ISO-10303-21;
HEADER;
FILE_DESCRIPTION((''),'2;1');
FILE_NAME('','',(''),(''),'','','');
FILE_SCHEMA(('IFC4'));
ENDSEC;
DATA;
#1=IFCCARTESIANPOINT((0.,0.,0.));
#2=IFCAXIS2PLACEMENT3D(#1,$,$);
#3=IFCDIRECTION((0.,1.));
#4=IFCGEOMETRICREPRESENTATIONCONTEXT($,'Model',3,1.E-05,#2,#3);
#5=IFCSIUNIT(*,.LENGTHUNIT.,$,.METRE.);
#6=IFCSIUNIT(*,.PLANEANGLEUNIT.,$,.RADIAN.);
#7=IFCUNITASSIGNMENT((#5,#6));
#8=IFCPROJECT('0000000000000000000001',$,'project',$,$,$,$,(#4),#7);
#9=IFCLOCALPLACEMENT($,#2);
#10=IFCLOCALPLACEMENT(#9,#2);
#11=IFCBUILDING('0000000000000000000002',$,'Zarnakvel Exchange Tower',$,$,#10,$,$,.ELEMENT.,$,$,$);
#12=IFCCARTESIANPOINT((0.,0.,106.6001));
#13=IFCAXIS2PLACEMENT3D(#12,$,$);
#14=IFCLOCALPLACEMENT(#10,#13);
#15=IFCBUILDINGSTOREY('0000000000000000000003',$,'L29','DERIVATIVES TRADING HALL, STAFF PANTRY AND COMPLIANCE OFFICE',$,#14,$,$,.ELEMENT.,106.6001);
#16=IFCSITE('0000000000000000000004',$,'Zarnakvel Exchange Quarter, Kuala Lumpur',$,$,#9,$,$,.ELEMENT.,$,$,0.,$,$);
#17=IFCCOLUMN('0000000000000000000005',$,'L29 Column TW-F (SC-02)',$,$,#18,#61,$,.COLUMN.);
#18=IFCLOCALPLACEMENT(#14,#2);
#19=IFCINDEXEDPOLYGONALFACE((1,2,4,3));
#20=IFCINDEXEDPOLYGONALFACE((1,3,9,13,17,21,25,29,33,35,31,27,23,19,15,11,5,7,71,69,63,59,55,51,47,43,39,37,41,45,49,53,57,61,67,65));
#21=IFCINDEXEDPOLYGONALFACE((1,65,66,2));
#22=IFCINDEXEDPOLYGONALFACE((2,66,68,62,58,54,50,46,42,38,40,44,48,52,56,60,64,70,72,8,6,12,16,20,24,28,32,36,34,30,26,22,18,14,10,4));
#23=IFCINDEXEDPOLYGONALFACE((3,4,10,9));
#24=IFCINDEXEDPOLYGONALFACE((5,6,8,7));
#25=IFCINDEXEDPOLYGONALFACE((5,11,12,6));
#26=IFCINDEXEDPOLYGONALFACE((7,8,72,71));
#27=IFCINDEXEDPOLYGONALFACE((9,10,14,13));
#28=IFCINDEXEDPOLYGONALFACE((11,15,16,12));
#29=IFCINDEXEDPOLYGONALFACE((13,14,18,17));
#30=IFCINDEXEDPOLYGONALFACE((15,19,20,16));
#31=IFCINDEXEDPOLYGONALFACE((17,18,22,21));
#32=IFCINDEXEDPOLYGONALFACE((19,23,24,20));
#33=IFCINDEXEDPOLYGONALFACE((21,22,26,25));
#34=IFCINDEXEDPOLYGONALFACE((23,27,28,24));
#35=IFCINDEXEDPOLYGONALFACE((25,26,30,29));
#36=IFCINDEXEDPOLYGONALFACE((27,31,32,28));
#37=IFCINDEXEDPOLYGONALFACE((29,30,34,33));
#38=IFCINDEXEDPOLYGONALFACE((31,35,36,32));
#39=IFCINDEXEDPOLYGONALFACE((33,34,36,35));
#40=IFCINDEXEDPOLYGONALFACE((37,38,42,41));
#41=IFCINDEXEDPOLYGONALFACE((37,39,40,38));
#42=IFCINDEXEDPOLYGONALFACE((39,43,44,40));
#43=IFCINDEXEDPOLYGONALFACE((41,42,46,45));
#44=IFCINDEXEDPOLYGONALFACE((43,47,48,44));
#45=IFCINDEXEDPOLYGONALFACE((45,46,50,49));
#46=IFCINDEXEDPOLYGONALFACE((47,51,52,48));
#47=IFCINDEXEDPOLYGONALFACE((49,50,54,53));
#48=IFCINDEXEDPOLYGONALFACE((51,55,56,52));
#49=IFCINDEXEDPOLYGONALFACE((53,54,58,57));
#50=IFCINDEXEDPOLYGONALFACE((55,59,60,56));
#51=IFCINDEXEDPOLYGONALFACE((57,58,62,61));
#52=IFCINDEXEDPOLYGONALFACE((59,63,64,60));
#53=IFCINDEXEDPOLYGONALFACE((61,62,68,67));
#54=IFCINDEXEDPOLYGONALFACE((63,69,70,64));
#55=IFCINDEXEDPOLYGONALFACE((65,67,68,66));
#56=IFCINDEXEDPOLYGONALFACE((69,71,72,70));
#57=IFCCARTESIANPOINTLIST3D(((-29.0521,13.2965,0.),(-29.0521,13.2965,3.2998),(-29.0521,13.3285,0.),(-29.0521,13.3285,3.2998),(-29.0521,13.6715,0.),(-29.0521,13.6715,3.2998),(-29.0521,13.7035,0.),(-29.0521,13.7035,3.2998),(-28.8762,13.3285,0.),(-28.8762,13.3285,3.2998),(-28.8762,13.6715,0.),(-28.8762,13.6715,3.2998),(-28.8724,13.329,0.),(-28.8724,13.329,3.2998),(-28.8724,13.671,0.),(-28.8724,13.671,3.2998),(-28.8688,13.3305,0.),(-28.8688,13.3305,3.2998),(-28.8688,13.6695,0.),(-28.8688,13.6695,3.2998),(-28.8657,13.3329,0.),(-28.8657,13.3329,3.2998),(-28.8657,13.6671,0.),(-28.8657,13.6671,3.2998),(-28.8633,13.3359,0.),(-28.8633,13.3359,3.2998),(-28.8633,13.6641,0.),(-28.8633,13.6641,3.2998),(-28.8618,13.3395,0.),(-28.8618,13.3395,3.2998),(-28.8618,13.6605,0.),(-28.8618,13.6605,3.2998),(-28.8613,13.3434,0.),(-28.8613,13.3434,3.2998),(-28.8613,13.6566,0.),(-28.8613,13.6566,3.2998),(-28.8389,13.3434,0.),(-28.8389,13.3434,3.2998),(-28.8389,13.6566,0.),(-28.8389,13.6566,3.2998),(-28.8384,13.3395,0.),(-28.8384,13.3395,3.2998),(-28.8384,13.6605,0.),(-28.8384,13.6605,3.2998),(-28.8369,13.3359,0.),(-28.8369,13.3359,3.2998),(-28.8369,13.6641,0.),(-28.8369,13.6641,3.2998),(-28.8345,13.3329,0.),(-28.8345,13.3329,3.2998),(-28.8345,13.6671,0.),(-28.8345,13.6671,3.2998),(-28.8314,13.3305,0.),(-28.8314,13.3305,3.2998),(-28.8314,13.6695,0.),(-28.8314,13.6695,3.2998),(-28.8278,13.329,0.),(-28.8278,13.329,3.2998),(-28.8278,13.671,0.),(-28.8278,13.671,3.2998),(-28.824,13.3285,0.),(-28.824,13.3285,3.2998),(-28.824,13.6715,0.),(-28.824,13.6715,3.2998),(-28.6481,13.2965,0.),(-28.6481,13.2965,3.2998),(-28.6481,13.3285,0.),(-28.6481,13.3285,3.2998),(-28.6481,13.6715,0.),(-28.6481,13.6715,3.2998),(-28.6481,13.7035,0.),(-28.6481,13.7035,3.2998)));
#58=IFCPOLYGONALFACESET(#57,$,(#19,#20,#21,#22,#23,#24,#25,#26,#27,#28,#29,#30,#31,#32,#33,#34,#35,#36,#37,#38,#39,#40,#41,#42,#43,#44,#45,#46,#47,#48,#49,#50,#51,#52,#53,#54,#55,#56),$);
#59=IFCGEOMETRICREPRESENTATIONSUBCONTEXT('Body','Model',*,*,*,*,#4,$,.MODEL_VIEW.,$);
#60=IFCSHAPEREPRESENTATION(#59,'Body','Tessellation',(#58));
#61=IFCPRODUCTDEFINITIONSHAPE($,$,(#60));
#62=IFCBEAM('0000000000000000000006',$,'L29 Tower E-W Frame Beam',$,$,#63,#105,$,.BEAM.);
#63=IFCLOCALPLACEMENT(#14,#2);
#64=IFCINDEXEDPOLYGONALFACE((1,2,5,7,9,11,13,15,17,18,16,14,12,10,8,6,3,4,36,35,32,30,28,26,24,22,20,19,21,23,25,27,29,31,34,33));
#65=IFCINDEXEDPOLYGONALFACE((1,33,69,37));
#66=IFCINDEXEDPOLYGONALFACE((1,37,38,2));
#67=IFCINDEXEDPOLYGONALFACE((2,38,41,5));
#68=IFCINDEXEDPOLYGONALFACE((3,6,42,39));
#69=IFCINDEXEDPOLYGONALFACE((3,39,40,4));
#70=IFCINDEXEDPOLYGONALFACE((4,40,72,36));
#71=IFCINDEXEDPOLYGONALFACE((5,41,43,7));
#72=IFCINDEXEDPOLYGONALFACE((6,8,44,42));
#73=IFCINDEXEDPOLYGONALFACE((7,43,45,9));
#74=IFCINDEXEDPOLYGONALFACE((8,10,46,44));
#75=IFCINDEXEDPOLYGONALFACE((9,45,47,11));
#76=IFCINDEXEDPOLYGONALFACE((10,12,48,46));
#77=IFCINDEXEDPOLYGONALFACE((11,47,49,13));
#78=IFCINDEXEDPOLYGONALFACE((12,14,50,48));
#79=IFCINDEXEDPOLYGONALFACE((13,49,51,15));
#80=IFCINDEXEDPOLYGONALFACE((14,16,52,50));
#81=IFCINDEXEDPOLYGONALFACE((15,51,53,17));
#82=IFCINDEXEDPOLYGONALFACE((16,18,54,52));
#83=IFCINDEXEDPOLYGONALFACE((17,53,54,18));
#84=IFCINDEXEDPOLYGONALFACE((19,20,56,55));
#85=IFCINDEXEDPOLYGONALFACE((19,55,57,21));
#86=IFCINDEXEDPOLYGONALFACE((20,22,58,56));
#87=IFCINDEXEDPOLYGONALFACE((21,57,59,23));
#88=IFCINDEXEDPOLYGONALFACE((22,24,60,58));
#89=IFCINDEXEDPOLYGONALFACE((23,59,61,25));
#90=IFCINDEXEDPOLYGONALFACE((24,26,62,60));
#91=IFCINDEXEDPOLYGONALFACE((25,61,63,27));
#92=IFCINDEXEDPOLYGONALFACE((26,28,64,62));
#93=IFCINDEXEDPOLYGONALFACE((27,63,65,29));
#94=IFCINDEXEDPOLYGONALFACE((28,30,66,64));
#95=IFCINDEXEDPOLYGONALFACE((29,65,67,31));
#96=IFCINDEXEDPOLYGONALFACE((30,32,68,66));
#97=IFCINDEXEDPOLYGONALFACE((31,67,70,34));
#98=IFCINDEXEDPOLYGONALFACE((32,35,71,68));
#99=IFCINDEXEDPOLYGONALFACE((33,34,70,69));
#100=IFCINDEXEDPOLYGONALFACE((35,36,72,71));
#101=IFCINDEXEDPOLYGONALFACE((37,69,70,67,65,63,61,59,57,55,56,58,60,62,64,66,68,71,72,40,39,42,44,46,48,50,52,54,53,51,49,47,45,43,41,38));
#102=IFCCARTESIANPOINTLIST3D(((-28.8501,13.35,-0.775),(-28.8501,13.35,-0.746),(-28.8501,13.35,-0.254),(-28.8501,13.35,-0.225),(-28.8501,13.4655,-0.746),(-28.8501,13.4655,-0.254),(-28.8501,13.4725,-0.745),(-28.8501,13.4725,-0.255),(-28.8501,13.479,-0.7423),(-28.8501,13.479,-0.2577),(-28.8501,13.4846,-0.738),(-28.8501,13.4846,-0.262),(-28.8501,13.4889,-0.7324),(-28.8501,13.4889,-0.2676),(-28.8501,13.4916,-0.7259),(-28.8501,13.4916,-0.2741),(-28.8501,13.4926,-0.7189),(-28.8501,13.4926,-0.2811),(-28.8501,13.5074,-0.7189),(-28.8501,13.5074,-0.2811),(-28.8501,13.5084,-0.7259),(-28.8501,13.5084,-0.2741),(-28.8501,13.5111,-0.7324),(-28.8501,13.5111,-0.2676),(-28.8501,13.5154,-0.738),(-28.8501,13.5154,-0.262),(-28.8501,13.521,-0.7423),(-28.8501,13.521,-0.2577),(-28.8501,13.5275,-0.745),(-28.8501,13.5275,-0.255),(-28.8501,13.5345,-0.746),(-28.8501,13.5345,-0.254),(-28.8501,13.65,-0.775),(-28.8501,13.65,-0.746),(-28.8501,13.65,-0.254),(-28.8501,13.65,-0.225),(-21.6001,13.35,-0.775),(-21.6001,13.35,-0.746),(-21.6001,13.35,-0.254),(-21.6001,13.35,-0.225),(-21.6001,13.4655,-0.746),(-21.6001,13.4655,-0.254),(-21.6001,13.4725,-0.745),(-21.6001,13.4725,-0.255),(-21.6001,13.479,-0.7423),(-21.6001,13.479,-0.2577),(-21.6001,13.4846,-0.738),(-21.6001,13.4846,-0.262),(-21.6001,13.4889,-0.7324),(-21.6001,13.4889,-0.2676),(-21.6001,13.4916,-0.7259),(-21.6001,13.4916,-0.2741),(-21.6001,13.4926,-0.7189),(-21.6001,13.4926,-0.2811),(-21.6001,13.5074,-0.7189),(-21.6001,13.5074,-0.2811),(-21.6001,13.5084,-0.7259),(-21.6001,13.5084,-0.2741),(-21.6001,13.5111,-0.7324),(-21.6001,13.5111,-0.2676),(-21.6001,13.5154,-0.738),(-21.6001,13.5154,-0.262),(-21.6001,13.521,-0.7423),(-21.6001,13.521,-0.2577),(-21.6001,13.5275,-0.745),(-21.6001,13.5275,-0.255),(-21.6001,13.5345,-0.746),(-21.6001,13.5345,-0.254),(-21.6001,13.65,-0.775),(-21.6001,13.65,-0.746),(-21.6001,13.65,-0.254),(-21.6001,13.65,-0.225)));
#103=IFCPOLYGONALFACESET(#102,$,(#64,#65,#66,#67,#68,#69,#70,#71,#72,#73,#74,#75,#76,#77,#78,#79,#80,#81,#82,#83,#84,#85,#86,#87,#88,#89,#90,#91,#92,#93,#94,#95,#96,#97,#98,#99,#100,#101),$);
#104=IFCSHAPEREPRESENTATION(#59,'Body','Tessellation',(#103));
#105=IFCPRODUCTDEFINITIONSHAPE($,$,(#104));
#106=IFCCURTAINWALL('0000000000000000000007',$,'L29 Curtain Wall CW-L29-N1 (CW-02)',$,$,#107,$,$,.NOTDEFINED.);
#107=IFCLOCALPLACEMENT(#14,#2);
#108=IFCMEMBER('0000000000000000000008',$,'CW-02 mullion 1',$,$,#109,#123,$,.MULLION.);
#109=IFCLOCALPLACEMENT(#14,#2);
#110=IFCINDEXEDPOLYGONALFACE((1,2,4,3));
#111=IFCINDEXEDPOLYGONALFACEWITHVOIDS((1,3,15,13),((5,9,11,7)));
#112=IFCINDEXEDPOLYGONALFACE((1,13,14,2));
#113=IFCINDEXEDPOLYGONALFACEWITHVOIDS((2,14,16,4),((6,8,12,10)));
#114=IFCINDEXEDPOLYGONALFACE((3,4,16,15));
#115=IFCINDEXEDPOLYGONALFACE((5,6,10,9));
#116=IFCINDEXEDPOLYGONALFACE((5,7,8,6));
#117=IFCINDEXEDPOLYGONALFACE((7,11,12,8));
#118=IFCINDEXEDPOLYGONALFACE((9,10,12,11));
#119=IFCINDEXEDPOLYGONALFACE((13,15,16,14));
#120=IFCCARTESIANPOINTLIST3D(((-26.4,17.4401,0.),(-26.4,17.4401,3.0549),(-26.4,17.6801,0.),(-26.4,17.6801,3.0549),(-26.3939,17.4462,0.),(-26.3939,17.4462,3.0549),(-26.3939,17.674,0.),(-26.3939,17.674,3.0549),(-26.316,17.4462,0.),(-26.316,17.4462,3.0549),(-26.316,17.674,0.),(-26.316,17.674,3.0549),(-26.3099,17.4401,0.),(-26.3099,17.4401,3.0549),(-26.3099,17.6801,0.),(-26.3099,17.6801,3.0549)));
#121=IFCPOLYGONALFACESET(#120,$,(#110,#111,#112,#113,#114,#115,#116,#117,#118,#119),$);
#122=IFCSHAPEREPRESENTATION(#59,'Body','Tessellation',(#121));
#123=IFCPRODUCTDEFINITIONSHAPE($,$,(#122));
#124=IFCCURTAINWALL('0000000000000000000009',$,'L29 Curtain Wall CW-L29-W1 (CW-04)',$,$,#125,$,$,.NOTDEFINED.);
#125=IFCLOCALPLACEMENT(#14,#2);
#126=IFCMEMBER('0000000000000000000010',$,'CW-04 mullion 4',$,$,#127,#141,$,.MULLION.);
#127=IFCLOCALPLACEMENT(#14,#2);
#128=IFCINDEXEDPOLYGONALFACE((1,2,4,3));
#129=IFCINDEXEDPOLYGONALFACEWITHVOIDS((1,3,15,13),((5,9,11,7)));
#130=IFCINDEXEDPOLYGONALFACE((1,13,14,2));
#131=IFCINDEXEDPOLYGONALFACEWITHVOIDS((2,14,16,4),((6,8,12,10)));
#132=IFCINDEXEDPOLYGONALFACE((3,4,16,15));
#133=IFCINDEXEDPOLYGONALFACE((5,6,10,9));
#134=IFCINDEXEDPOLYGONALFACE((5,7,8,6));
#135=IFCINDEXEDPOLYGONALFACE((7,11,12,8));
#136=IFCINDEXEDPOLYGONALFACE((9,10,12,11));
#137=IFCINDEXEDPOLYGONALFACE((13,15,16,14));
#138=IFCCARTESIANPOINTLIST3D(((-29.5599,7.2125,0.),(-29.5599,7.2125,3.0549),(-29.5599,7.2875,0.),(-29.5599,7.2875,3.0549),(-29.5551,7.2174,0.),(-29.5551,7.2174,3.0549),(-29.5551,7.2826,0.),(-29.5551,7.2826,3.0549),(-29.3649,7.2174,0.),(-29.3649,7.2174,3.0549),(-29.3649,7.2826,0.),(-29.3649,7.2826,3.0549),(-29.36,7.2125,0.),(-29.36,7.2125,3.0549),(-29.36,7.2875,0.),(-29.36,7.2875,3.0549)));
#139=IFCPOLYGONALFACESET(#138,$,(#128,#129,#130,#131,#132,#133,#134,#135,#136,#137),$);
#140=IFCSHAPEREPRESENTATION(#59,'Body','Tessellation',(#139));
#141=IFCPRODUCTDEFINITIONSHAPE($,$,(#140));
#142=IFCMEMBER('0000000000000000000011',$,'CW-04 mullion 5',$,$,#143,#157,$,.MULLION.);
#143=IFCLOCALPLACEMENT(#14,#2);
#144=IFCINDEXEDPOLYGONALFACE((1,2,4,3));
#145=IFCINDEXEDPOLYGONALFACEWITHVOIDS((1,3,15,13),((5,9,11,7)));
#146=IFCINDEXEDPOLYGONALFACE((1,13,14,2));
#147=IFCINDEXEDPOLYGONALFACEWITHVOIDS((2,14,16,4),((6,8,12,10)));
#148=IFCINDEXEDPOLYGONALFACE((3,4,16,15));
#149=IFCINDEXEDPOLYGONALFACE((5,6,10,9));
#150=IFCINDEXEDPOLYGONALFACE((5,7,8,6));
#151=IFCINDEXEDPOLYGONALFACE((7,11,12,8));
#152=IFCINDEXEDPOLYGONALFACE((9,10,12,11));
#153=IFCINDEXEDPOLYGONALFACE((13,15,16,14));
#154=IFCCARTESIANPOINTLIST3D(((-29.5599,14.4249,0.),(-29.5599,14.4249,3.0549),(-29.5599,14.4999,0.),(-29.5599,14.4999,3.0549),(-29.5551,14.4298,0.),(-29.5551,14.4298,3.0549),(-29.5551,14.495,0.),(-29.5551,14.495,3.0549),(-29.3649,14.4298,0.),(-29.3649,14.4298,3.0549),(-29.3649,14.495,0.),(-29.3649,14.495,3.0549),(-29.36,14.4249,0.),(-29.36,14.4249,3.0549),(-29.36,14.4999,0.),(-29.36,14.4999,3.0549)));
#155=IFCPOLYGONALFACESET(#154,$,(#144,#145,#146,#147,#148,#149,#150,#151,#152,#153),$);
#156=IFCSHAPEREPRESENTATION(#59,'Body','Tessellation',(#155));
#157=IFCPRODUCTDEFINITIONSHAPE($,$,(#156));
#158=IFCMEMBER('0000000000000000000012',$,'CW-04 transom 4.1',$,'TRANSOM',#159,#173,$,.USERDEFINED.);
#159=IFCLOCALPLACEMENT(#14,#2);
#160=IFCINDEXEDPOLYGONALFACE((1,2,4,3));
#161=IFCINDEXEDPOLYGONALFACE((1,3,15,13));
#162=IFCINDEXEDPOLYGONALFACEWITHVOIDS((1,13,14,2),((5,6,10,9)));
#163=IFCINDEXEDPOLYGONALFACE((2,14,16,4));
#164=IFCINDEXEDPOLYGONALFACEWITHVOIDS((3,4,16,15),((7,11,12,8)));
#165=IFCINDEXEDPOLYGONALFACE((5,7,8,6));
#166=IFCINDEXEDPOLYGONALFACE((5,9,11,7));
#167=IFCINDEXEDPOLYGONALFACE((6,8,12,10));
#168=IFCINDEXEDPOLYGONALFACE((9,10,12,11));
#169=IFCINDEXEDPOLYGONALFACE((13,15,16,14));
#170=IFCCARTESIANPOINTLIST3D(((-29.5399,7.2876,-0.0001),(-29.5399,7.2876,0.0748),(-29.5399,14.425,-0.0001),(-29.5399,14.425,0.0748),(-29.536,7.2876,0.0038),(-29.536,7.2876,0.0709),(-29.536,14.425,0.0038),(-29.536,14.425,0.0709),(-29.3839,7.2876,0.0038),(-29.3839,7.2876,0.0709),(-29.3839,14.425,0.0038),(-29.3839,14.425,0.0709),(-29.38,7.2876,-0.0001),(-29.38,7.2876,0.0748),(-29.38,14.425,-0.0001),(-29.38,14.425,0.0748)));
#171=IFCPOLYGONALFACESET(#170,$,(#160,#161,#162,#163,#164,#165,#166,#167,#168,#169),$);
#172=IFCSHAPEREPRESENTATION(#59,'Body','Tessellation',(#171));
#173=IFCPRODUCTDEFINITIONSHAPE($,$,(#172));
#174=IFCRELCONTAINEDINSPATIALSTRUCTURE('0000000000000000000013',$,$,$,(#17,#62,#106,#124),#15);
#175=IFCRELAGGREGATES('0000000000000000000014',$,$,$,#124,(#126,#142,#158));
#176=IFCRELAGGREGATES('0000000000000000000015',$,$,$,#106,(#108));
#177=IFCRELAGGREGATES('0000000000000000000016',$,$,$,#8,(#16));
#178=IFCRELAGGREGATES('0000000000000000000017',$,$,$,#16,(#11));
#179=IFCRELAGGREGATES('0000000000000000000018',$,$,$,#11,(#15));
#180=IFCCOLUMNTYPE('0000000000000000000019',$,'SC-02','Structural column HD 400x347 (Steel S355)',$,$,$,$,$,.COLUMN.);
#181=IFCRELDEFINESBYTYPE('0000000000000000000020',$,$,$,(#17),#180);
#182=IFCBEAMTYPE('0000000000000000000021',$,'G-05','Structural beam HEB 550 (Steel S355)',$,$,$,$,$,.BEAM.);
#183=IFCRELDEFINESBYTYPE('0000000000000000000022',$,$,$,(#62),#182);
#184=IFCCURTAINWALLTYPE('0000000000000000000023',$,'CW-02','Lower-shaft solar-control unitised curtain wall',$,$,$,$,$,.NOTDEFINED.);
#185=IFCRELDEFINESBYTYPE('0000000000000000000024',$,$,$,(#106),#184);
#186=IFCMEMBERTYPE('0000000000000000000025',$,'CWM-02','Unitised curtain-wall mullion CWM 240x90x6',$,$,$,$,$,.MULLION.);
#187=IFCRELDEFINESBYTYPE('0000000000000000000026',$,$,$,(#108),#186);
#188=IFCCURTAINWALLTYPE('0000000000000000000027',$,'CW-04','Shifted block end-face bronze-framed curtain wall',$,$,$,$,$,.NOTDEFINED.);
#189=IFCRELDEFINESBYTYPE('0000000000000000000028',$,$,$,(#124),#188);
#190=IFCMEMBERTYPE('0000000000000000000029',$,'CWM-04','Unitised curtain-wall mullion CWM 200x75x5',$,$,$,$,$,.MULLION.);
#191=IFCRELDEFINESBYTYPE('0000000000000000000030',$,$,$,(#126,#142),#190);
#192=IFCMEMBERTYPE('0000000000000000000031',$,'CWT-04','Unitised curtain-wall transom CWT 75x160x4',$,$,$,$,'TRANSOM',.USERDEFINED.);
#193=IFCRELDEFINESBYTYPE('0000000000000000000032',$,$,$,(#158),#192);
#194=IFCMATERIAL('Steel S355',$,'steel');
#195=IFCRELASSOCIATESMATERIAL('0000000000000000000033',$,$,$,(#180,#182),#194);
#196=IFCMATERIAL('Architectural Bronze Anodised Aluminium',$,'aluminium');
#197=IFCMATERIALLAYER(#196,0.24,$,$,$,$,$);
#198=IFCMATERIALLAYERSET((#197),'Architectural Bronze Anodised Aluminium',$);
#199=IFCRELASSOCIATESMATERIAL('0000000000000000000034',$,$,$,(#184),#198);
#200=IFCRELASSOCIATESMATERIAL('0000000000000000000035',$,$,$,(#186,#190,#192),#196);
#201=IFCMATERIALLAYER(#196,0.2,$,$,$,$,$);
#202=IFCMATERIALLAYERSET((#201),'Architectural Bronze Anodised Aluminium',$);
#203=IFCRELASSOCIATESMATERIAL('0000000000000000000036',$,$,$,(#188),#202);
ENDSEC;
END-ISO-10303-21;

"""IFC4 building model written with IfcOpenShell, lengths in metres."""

from ifc_helpers import new_model, si_unit, direction, frame, origin, origin_2d, place, context, subcontext, project, spatial, hollow_rectangle, i_section, extrude, source, transform, mapped, material, layer, layer_set, material_profile, profile_set, type_object, element, aggregate, save


model = new_model("IFC4")

# Units and contexts
model_context = context("Model", 3, precision=1e-05, world=origin(), true_north=direction((0.0, 1.0)))
body_context = subcontext(model_context, "Body", "Model", "MODEL_VIEW")
ifc_project = project(units=[si_unit("LENGTHUNIT", "METRE"), si_unit("PLANEANGLEUNIT", "RADIAN")], contexts=[model_context])

# Site, building, storey
site_placement = place(None, origin())
site = spatial("IfcSite", under=ifc_project, at=site_placement, Name="Zarnakvel Exchange Quarter, Kuala Lumpur", CompositionType="ELEMENT", RefElevation=0.0)
building_placement = place(site_placement, origin())
building = spatial("IfcBuilding", under=site, at=building_placement, Name="Zarnakvel Exchange Tower", CompositionType="ELEMENT")
storey_placement = place(building_placement, frame((0.0, 0.0, 106.6001)))
storey = spatial("IfcBuildingStorey", under=building, at=storey_placement, Name="L29", Description="DERIVATIVES TRADING HALL, STAFF PANTRY AND COMPLIANCE OFFICE", CompositionType="ELEMENT", Elevation=106.6001)

# Column
ifc_material_1 = material(Name="Steel S355", Category="steel")
ifc_material_profile_1 = material_profile(ifc_material_1, i_section(OverallWidth=0.4041, OverallDepth=0.407, WebThickness=0.0225, FlangeThickness=0.032, FilletRadius=0.0149, at=origin_2d()))
ifc_profile_set_1 = profile_set([ifc_material_profile_1], Name="Steel S355")
column_type = type_object("IfcColumnType", Name="SC-02", Description="Structural column HD 400x347 (Steel S355)", PredefinedType="COLUMN", material=ifc_profile_set_1)
column_placement = place(storey_placement, frame((-28.8501, 13.5, 0.0), z_axis=(0.0, 0.0, 1.0), x_axis=(1.0, 0.0, 0.0)))
element("IfcColumn", 1, at=column_placement, inside=storey, type_object=column_type, Name="L29 Column TW-F (SC-02)", PredefinedType="COLUMN", context=body_context, shape_type="SweptSolid", body=[
    extrude(i_section(OverallWidth=0.4041, OverallDepth=0.407, WebThickness=0.0225, FlangeThickness=0.032, FilletRadius=0.0149, at=origin_2d()), origin(), (0.0, 0.0, 1.0), 3.2998),
])

# Beam
ifc_material_profile_2 = material_profile(ifc_material_1, i_section(OverallWidth=0.3, OverallDepth=0.55, WebThickness=0.0149, FlangeThickness=0.0291, FilletRadius=0.0271, at=origin_2d()))
ifc_profile_set_2 = profile_set([ifc_material_profile_2], Name="Steel S355")
beam_type = type_object("IfcBeamType", Name="G-05", Description="Structural beam HEB 550 (Steel S355)", PredefinedType="BEAM", material=ifc_profile_set_2)
beam_placement = place(storey_placement, frame((-28.8501, 13.5, -0.5), z_axis=(1.0, 0.0, 0.0), x_axis=(0.0, 1.0, 0.0)))
element("IfcBeam", 2, at=beam_placement, inside=storey, type_object=beam_type, Name="L29 Tower E-W Frame Beam", PredefinedType="BEAM", context=body_context, shape_type="SweptSolid", body=[
    extrude(i_section(OverallWidth=0.3, OverallDepth=0.55, WebThickness=0.0149, FlangeThickness=0.0291, FilletRadius=0.0271, at=origin_2d()), origin(), (0.0, 0.0, 1.0), 7.25),
])

# Curtain wall, member
ifc_material_2 = material(Name="Architectural Bronze Anodised Aluminium", Category="aluminium")
ifc_layer_1 = layer(ifc_material_2, 0.24)
ifc_layer_set_1 = layer_set([ifc_layer_1], Name="Architectural Bronze Anodised Aluminium")
curtain_wall_type_1 = type_object("IfcCurtainWallType", Name="CW-02", Description="Lower-shaft solar-control unitised curtain wall", PredefinedType="NOTDEFINED", material=ifc_layer_set_1)
curtain_wall_1_placement = place(storey_placement, origin())
curtain_wall_1 = element("IfcCurtainWall", 3, at=curtain_wall_1_placement, inside=storey, type_object=curtain_wall_type_1, Name="L29 Curtain Wall CW-L29-N1 (CW-02)", PredefinedType="NOTDEFINED")
ifc_material_profile_3 = material_profile(ifc_material_2, hollow_rectangle(XDim=0.24, YDim=0.0901, WallThickness=0.0061, at=origin_2d()))
ifc_profile_set_3 = profile_set([ifc_material_profile_3], Name="Architectural Bronze Anodised Aluminium")
member_type_1 = type_object("IfcMemberType", Name="CWM-02", Description="Unitised curtain-wall mullion CWM 240x90x6", PredefinedType="MULLION", material=ifc_profile_set_3)
shared_shape_1 = source(origin(), body_context, "Body", "SweptSolid", [
    extrude(hollow_rectangle(XDim=0.24, YDim=0.0901, WallThickness=0.0061, at=origin_2d()), origin(), (0.0, 0.0, 1.0), 3.0549),
])
member_1_placement = place(storey_placement, frame((-26.355, 17.5601, 0.0), z_axis=(0.0, 0.0, 1.0), x_axis=(0.0, 1.0, 0.0)))
member_1 = element("IfcMember", 4, at=member_1_placement, type_object=member_type_1, Name="CW-02 mullion 1", PredefinedType="MULLION", context=body_context, shape_type="MappedRepresentation", body=[
    mapped(shared_shape_1, transform((0.0, 0.0, 0.0), x_axis=(1.0, 0.0, 0.0), y_axis=(0.0, 1.0, 0.0), z_axis=(0.0, 0.0, 1.0), scale=1.0)),
])

# Curtain wall, members
ifc_layer_2 = layer(ifc_material_2, 0.2)
ifc_layer_set_2 = layer_set([ifc_layer_2], Name="Architectural Bronze Anodised Aluminium")
curtain_wall_type_2 = type_object("IfcCurtainWallType", Name="CW-04", Description="Shifted block end-face bronze-framed curtain wall", PredefinedType="NOTDEFINED", material=ifc_layer_set_2)
curtain_wall_2_placement = place(storey_placement, origin())
curtain_wall_2 = element("IfcCurtainWall", 5, at=curtain_wall_2_placement, inside=storey, type_object=curtain_wall_type_2, Name="L29 Curtain Wall CW-L29-W1 (CW-04)", PredefinedType="NOTDEFINED")
ifc_material_profile_4 = material_profile(ifc_material_2, hollow_rectangle(XDim=0.2, YDim=0.075, WallThickness=0.0049, at=origin_2d()))
ifc_profile_set_4 = profile_set([ifc_material_profile_4], Name="Architectural Bronze Anodised Aluminium")
member_type_2 = type_object("IfcMemberType", Name="CWM-04", Description="Unitised curtain-wall mullion CWM 200x75x5", PredefinedType="MULLION", material=ifc_profile_set_4)
shared_shape_2 = source(origin(), body_context, "Body", "SweptSolid", [
    extrude(hollow_rectangle(XDim=0.2, YDim=0.075, WallThickness=0.0049, at=origin_2d()), origin(), (0.0, 0.0, 1.0), 3.0549),
])
member_2_placement = place(storey_placement, frame((-29.46, 7.25, 0.0), z_axis=(0.0, 0.0, 1.0), x_axis=(-1.0, 0.0, 0.0)))
member_2 = element("IfcMember", 6, at=member_2_placement, type_object=member_type_2, Name="CW-04 mullion 4", PredefinedType="MULLION", context=body_context, shape_type="MappedRepresentation", body=[
    mapped(shared_shape_2, transform((0.0, 0.0, 0.0), x_axis=(1.0, 0.0, 0.0), y_axis=(0.0, 1.0, 0.0), z_axis=(0.0, 0.0, 1.0), scale=1.0)),
])
member_3_placement = place(storey_placement, frame((-29.46, 14.4624, 0.0), z_axis=(0.0, 0.0, 1.0), x_axis=(-1.0, 0.0, 0.0)))
member_3 = element("IfcMember", 7, at=member_3_placement, type_object=member_type_2, Name="CW-04 mullion 5", PredefinedType="MULLION", context=body_context, shape_type="MappedRepresentation", body=[
    mapped(shared_shape_2, transform((0.0, 0.0, 0.0), x_axis=(1.0, 0.0, 0.0), y_axis=(0.0, 1.0, 0.0), z_axis=(0.0, 0.0, 1.0), scale=1.0)),
])
ifc_material_profile_5 = material_profile(ifc_material_2, hollow_rectangle(XDim=0.1599, YDim=0.075, WallThickness=0.0039, at=origin_2d()))
ifc_profile_set_5 = profile_set([ifc_material_profile_5], Name="Architectural Bronze Anodised Aluminium")
member_type_3 = type_object("IfcMemberType", Name="CWT-04", Description="Unitised curtain-wall transom CWT 75x160x4", ElementType="TRANSOM", PredefinedType="USERDEFINED", material=ifc_profile_set_5)
shared_shape_3 = source(origin(), body_context, "Body", "SweptSolid", [
    extrude(hollow_rectangle(XDim=0.1599, YDim=0.075, WallThickness=0.0039, at=origin_2d()), origin(), (0.0, 0.0, 1.0), 7.1375),
])
member_4_placement = place(storey_placement, frame((-29.46, 7.2876, 0.0374), z_axis=(0.0, 1.0, 0.0), x_axis=(-1.0, 0.0, 0.0)))
member_4 = element("IfcMember", 8, at=member_4_placement, type_object=member_type_3, Name="CW-04 transom 4.1", ObjectType="TRANSOM", PredefinedType="USERDEFINED", context=body_context, shape_type="MappedRepresentation", body=[
    mapped(shared_shape_3, transform((0.0, 0.0, 0.0), x_axis=(1.0, 0.0, 0.0), y_axis=(0.0, 1.0, 0.0), z_axis=(0.0, 0.0, 1.0), scale=1.0)),
])

aggregate(curtain_wall_2, [member_2, member_3, member_4])
aggregate(curtain_wall_1, [member_1])

save(model, "model.ifc")
